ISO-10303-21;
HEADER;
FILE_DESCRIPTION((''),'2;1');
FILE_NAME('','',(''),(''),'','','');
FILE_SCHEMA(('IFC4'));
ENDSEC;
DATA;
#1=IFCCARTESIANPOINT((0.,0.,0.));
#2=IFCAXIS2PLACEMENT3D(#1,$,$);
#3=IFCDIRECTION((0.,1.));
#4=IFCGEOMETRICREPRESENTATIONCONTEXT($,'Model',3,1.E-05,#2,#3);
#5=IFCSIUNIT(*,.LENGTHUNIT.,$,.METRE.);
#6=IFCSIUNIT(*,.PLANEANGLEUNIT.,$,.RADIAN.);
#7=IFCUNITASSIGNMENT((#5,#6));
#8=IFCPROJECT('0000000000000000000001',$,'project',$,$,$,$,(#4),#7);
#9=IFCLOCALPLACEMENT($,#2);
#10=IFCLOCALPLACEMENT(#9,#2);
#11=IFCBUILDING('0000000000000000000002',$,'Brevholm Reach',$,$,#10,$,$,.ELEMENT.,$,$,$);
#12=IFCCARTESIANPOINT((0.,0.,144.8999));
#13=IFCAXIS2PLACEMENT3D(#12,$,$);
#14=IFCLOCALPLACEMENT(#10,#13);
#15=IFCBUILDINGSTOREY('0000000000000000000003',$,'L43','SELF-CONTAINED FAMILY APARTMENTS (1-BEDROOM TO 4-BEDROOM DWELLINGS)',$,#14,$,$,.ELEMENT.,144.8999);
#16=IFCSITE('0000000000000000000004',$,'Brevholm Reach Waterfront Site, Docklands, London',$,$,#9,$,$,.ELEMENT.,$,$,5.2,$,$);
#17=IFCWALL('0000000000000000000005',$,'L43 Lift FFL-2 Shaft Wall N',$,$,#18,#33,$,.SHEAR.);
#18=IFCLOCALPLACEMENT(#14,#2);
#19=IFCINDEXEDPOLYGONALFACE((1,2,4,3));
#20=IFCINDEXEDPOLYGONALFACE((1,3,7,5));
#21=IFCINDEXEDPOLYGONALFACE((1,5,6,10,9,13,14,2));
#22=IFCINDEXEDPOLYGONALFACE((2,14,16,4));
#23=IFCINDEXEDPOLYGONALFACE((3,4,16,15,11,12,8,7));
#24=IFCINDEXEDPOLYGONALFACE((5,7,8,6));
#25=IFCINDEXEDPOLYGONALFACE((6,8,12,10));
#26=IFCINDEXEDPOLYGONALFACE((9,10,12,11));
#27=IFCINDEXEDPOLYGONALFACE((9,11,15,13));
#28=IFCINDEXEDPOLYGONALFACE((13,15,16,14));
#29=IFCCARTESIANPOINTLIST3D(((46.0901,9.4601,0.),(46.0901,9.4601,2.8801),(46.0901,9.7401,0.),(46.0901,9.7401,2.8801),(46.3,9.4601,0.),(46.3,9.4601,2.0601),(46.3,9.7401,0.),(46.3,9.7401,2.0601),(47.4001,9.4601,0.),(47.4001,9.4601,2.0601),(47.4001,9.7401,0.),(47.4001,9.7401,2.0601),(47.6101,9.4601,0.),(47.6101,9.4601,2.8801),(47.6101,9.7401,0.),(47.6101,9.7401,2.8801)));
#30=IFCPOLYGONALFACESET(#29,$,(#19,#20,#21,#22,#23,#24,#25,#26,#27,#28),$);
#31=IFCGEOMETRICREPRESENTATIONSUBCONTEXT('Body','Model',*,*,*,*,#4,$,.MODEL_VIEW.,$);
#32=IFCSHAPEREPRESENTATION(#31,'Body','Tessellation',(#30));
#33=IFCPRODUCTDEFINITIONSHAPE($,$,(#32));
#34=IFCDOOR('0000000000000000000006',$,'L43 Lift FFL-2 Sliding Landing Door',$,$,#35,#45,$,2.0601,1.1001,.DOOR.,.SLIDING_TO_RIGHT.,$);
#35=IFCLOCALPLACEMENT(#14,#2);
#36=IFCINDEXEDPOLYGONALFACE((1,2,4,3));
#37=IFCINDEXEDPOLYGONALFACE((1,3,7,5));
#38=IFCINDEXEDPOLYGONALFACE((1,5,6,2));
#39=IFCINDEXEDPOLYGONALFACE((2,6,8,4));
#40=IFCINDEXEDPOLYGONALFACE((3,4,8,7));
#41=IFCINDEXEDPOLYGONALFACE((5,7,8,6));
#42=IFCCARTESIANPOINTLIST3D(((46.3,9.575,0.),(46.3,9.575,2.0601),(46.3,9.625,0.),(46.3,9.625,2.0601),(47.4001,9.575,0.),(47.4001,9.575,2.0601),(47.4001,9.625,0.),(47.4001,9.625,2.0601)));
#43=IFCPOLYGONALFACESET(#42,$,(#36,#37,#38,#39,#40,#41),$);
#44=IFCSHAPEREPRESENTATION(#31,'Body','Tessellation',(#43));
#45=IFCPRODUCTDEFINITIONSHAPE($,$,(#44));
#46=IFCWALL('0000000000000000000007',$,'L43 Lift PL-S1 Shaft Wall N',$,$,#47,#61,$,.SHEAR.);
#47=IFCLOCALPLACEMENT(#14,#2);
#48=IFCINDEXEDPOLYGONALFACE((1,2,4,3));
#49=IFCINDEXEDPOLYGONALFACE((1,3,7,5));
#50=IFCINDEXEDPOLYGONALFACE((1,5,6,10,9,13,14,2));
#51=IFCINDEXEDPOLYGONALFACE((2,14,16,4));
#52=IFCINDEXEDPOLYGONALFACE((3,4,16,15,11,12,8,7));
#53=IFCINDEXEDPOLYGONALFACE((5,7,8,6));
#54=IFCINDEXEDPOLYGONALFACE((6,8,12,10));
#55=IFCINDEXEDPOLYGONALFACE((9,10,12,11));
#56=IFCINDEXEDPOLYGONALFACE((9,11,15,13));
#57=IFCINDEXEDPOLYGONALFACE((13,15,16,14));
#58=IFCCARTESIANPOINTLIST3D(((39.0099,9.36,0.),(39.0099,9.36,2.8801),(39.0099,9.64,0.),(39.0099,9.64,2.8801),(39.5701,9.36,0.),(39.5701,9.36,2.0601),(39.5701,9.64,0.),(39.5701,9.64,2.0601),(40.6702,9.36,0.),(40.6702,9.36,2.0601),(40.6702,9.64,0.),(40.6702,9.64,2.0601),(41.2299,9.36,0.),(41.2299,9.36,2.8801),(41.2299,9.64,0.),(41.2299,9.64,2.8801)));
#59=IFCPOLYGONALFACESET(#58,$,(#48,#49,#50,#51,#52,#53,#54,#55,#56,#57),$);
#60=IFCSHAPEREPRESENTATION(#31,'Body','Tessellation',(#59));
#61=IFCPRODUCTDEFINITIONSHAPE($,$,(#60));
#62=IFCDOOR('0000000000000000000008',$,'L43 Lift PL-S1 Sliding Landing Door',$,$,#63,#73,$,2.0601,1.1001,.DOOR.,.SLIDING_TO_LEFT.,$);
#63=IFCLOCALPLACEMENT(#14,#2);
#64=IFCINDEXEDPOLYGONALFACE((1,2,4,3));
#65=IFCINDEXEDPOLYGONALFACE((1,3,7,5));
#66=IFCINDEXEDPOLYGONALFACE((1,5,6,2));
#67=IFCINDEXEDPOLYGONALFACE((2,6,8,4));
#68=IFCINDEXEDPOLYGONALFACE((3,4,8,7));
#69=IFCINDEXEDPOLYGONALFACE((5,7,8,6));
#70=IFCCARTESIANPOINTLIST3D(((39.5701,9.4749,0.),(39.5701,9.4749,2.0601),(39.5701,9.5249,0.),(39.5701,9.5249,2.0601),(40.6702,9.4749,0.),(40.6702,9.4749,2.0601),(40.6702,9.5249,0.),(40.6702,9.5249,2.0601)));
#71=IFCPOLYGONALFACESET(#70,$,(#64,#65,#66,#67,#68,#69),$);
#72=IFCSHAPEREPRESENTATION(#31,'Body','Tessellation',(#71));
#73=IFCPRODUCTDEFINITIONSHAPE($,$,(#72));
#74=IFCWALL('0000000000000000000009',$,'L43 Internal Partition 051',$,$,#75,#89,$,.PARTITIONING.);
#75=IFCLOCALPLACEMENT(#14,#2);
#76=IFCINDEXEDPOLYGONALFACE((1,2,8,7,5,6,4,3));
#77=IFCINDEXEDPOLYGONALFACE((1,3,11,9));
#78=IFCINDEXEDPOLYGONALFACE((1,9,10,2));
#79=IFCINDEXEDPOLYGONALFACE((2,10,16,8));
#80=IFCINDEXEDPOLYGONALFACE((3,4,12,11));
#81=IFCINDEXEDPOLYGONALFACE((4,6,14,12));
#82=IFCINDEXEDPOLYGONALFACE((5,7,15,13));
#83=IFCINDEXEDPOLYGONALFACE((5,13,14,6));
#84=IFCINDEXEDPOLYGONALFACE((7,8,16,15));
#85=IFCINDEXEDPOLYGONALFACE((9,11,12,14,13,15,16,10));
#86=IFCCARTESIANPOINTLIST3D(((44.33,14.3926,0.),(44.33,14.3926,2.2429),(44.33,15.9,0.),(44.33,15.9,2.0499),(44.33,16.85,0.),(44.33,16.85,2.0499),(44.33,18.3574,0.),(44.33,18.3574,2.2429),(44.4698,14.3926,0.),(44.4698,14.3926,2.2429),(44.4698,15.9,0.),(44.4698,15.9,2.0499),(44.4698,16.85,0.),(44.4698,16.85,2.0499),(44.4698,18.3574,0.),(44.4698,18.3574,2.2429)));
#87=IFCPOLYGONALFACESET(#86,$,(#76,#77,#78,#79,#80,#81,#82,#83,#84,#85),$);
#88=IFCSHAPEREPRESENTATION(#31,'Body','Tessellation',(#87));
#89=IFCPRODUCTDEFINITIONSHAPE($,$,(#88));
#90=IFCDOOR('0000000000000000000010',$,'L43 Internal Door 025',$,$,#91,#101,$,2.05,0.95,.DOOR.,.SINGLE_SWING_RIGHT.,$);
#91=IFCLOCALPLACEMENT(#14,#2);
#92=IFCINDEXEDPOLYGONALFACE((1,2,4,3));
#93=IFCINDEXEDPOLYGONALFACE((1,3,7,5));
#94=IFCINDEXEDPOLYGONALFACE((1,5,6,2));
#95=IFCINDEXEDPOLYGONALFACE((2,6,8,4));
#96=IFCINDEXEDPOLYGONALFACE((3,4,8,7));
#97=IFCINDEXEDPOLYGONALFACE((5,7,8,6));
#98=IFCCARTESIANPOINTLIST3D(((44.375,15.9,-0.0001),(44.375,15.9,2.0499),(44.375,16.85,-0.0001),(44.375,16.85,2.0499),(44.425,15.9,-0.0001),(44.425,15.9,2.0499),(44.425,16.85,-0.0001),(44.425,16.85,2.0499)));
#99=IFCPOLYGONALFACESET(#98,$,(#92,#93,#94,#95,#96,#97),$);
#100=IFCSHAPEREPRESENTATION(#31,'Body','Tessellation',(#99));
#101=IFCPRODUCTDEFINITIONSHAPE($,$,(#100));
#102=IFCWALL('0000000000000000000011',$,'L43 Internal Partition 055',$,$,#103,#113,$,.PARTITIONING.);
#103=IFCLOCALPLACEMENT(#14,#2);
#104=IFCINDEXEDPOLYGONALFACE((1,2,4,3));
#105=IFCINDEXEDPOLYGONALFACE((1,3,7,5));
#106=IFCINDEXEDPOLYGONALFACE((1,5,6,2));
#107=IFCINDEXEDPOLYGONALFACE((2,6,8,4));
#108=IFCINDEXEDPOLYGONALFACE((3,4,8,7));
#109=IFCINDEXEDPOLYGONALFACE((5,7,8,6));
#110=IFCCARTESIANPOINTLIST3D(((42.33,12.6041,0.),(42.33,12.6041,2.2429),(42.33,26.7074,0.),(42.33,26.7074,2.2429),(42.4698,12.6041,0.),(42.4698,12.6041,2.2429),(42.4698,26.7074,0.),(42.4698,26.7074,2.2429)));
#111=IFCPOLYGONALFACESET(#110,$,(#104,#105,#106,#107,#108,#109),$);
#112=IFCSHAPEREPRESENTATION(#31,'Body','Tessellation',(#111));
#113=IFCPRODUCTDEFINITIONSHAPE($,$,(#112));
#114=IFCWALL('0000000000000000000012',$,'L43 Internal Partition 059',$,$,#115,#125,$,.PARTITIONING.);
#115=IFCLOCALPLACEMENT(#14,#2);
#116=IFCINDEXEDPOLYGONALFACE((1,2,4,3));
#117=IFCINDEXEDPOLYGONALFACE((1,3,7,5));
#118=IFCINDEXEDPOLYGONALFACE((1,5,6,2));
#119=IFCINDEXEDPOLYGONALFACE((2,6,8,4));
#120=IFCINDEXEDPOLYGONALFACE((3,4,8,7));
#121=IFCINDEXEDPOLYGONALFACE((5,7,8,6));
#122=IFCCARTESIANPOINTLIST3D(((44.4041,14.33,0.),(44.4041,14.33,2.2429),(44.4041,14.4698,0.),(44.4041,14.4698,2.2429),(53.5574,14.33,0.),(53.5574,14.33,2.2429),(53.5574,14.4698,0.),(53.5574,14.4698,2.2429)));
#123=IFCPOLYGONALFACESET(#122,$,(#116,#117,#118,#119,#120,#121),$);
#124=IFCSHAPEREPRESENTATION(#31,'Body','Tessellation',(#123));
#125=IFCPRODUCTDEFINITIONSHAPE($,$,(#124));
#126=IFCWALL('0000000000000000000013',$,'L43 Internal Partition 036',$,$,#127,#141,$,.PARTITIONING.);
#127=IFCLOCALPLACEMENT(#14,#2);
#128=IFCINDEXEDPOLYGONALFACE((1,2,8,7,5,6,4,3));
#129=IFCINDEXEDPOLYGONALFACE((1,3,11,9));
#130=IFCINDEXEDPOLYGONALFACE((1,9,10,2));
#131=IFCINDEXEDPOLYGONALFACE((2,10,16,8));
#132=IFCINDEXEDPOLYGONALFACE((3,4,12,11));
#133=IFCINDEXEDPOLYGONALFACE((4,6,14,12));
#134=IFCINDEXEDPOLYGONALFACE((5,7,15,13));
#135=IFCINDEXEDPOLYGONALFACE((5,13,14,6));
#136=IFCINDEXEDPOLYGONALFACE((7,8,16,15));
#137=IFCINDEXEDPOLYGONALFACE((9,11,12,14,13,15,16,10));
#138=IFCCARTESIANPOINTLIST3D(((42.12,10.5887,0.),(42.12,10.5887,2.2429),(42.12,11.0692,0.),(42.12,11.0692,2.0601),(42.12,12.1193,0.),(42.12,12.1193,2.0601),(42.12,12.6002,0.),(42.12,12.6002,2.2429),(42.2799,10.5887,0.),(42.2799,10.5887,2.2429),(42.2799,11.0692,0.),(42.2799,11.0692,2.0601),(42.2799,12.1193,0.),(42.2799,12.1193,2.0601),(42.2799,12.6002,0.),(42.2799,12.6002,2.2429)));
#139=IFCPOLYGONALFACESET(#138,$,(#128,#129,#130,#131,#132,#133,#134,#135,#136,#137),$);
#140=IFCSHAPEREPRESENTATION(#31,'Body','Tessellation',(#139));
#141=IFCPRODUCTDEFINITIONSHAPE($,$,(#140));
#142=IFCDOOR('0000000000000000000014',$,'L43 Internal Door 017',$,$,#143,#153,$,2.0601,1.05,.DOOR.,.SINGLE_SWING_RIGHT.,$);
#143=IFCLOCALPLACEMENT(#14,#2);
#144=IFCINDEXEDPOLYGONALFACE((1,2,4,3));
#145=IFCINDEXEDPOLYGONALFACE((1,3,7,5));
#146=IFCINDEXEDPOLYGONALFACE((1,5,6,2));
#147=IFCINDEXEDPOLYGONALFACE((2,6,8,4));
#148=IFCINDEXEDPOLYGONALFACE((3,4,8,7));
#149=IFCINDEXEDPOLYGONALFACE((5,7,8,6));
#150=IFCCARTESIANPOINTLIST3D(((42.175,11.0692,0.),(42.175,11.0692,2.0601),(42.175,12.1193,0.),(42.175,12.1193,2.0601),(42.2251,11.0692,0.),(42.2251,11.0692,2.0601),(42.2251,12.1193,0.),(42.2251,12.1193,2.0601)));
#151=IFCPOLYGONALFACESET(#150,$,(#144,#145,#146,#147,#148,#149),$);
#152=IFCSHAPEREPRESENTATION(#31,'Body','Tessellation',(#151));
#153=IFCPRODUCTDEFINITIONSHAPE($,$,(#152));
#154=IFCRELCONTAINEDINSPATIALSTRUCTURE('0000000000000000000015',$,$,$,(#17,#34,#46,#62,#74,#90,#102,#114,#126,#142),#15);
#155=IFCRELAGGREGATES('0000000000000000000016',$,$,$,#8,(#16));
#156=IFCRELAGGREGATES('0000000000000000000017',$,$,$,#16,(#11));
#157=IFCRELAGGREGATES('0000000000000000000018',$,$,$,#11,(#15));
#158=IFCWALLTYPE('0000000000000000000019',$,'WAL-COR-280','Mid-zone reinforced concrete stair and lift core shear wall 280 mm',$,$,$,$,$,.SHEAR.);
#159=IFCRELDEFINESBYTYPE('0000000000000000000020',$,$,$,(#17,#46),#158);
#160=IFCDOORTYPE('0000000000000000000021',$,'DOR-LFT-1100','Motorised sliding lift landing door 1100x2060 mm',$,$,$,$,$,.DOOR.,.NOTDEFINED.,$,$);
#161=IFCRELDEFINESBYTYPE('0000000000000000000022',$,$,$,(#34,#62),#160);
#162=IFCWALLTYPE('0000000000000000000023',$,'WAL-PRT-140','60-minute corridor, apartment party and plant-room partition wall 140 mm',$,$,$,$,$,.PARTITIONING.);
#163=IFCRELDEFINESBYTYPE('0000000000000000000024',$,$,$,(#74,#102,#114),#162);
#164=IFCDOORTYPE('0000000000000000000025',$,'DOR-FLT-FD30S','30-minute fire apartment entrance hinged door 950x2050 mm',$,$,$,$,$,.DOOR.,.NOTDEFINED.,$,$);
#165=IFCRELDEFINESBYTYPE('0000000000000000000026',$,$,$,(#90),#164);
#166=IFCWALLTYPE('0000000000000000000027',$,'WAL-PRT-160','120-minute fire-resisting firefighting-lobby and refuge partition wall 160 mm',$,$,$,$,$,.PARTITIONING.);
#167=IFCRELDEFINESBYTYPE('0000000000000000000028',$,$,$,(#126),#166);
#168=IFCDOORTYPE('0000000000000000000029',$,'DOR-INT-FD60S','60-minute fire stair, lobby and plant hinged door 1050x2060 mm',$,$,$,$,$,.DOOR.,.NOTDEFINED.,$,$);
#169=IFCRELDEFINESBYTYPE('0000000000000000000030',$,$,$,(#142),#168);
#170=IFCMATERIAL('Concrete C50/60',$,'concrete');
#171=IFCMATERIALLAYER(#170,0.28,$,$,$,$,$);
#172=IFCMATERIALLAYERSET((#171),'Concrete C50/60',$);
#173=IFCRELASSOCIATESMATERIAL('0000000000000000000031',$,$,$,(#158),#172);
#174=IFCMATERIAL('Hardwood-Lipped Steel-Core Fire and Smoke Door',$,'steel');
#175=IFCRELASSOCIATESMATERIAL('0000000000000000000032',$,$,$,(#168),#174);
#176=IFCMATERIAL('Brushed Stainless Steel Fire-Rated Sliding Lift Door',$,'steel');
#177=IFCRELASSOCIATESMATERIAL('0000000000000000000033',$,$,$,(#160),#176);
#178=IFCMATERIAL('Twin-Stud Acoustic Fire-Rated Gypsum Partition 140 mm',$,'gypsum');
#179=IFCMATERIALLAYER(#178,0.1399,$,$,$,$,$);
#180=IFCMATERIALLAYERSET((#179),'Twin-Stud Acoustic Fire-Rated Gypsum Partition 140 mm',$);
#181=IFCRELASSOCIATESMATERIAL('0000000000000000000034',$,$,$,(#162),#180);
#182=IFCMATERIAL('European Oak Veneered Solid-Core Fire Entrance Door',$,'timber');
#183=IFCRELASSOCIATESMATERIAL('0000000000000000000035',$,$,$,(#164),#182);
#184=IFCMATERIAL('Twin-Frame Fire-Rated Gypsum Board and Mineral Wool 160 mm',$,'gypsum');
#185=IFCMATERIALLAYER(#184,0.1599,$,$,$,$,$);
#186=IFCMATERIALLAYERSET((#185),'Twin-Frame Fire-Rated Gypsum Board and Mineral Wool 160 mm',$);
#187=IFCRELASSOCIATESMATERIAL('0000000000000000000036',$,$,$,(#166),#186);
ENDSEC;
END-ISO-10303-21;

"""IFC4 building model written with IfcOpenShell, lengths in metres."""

from ifc_helpers import new_model, si_unit, direction, frame, frame_2d, origin, place, context, subcontext, project, spatial, rectangle, extrude, material, layer, layer_set, type_object, element, fill, save


model = new_model("IFC4")

# Units and contexts
model_context = context("Model", 3, precision=1e-05, world=origin(), true_north=direction((0.0, 1.0)))
body_context = subcontext(model_context, "Body", "Model", "MODEL_VIEW")
ifc_project = project(units=[si_unit("LENGTHUNIT", "METRE"), si_unit("PLANEANGLEUNIT", "RADIAN")], contexts=[model_context])

# Site, building, storey
site_placement = place(None, origin())
site = spatial("IfcSite", under=ifc_project, at=site_placement, Name="Brevholm Reach Waterfront Site, Docklands, London", CompositionType="ELEMENT", RefElevation=5.2)
building_placement = place(site_placement, origin())
building = spatial("IfcBuilding", under=site, at=building_placement, Name="Brevholm Reach", CompositionType="ELEMENT")
storey_placement = place(building_placement, frame((0.0, 0.0, 144.8999)))
storey = spatial("IfcBuildingStorey", under=building, at=storey_placement, Name="L43", Description="SELF-CONTAINED FAMILY APARTMENTS (1-BEDROOM TO 4-BEDROOM DWELLINGS)", CompositionType="ELEMENT", Elevation=144.8999)

# Walls, openings, doors
ifc_material_1 = material(Name="Concrete C50/60", Category="concrete")
ifc_layer_1 = layer(ifc_material_1, 0.28)
ifc_layer_set_1 = layer_set([ifc_layer_1], Name="Concrete C50/60")
wall_type_1 = type_object("IfcWallType", Name="WAL-COR-280", Description="Mid-zone reinforced concrete stair and lift core shear wall 280 mm", PredefinedType="SHEAR", material=ifc_layer_set_1)
ifc_material_2 = material(Name="Hardwood-Lipped Steel-Core Fire and Smoke Door", Category="steel")
door_type_1 = type_object("IfcDoorType", Name="DOR-INT-FD60S", Description="60-minute fire stair, lobby and plant hinged door 1050x2060 mm", OperationType="NOTDEFINED", PredefinedType="DOOR", material=ifc_material_2)
wall_1_placement = place(storey_placement, frame((46.0901, 9.6001, 0.0), z_axis=(0.0, 0.0, 1.0), x_axis=(1.0, 0.0, 0.0)))
wall_1 = element("IfcWall", 1, at=wall_1_placement, inside=storey, type_object=wall_type_1, Name="L43 Lift FFL-2 Shaft Wall N", PredefinedType="SHEAR", context=body_context, shape_type="SweptSolid", body=[
    extrude(rectangle(XDim=1.52, YDim=0.28, at=frame_2d((0.76, 0.0))), origin(), (0.0, 0.0, 1.0), 2.8801),
])
opening_1_placement = place(wall_1_placement, frame((0.21, 0.0, 0.0)))
opening_1 = element("IfcOpeningElement", 2, at=opening_1_placement, cuts=wall_1, PredefinedType="OPENING", context=body_context, shape_type="SweptSolid", body=[
    extrude(rectangle(XDim=1.1001, YDim=2.0601, at=frame_2d((0.55, 1.03))), frame((0.0, 0.1499, 0.0), z_axis=(0.0, -1.0, 0.0), x_axis=(1.0, 0.0, 0.0)), (0.0, 0.0, 1.0), 0.3),
])
ifc_material_3 = material(Name="Brushed Stainless Steel Fire-Rated Sliding Lift Door", Category="steel")
door_type_2 = type_object("IfcDoorType", Name="DOR-LFT-1100", Description="Motorised sliding lift landing door 1100x2060 mm", OperationType="NOTDEFINED", PredefinedType="DOOR", material=ifc_material_3)
door_1_placement = place(opening_1_placement, origin())
door_1 = element("IfcDoor", 3, at=door_1_placement, inside=storey, type_object=door_type_2, Name="L43 Lift FFL-2 Sliding Landing Door", OperationType="SLIDING_TO_RIGHT", OverallHeight=2.0601, OverallWidth=1.1001, PredefinedType="DOOR", context=body_context, shape_type="SweptSolid", body=[
    extrude(rectangle(XDim=1.1001, YDim=2.0601, at=frame_2d((0.55, 1.03))), frame((0.0, 0.0249, 0.0), z_axis=(0.0, -1.0, 0.0), x_axis=(1.0, 0.0, 0.0)), (0.0, 0.0, 1.0), 0.05),
])
fill(opening_1, door_1)
wall_2_placement = place(storey_placement, frame((39.01, 9.5, 0.0), z_axis=(0.0, 0.0, 1.0), x_axis=(1.0, 0.0, 0.0)))
wall_2 = element("IfcWall", 4, at=wall_2_placement, inside=storey, type_object=wall_type_1, Name="L43 Lift PL-S1 Shaft Wall N", PredefinedType="SHEAR", context=body_context, shape_type="SweptSolid", body=[
    extrude(rectangle(XDim=2.22, YDim=0.28, at=frame_2d((1.1099, 0.0))), origin(), (0.0, 0.0, 1.0), 2.8801),
])
opening_2_placement = place(wall_2_placement, frame((0.5601, 0.0, 0.0)))
opening_2 = element("IfcOpeningElement", 5, at=opening_2_placement, cuts=wall_2, PredefinedType="OPENING", context=body_context, shape_type="SweptSolid", body=[
    extrude(rectangle(XDim=1.1001, YDim=2.0601, at=frame_2d((0.55, 1.03))), frame((0.0, 0.1499, 0.0), z_axis=(0.0, -1.0, 0.0), x_axis=(1.0, 0.0, 0.0)), (0.0, 0.0, 1.0), 0.3),
])
door_2_placement = place(opening_2_placement, origin())
door_2 = element("IfcDoor", 6, at=door_2_placement, inside=storey, type_object=door_type_2, Name="L43 Lift PL-S1 Sliding Landing Door", OperationType="SLIDING_TO_LEFT", OverallHeight=2.0601, OverallWidth=1.1001, PredefinedType="DOOR", context=body_context, shape_type="SweptSolid", body=[
    extrude(rectangle(XDim=1.1001, YDim=2.0601, at=frame_2d((0.55, 1.03))), frame((0.0, 0.0249, 0.0), z_axis=(0.0, -1.0, 0.0), x_axis=(1.0, 0.0, 0.0)), (0.0, 0.0, 1.0), 0.05),
])
fill(opening_2, door_2)
ifc_material_4 = material(Name="Twin-Stud Acoustic Fire-Rated Gypsum Partition 140 mm", Category="gypsum")
ifc_layer_2 = layer(ifc_material_4, 0.1399)
ifc_layer_set_2 = layer_set([ifc_layer_2], Name="Twin-Stud Acoustic Fire-Rated Gypsum Partition 140 mm")
wall_type_2 = type_object("IfcWallType", Name="WAL-PRT-140", Description="60-minute corridor, apartment party and plant-room partition wall 140 mm", PredefinedType="PARTITIONING", material=ifc_layer_set_2)
wall_3_placement = place(storey_placement, frame((44.3999, 14.3926, 0.0), z_axis=(0.0, 0.0, 1.0), x_axis=(0.0, 1.0, 0.0)))
wall_3 = element("IfcWall", 7, at=wall_3_placement, inside=storey, type_object=wall_type_2, Name="L43 Internal Partition 051", PredefinedType="PARTITIONING", context=body_context, shape_type="SweptSolid", body=[
    extrude(rectangle(XDim=3.9648, YDim=0.1399, at=frame_2d((1.9824, 0.0))), origin(), (0.0, 0.0, 1.0), 2.2429),
])
opening_3_placement = place(wall_3_placement, frame((1.5073, 0.0, 0.0)))
opening_3 = element("IfcOpeningElement", 8, at=opening_3_placement, cuts=wall_3, PredefinedType="OPENING", context=body_context, shape_type="SweptSolid", body=[
    extrude(rectangle(XDim=0.95, YDim=2.05, at=frame_2d((0.4751, 1.0249))), frame((0.0, 0.0798, 0.0), z_axis=(0.0, -1.0, 0.0), x_axis=(1.0, 0.0, 0.0)), (0.0, 0.0, 1.0), 0.1599),
])
ifc_material_5 = material(Name="European Oak Veneered Solid-Core Fire Entrance Door", Category="timber")
door_type_3 = type_object("IfcDoorType", Name="DOR-FLT-FD30S", Description="30-minute fire apartment entrance hinged door 950x2050 mm", OperationType="NOTDEFINED", PredefinedType="DOOR", material=ifc_material_5)
door_3_placement = place(opening_3_placement, origin())
door_3 = element("IfcDoor", 9, at=door_3_placement, inside=storey, type_object=door_type_3, Name="L43 Internal Door 025", OperationType="SINGLE_SWING_RIGHT", OverallHeight=2.05, OverallWidth=0.95, PredefinedType="DOOR", context=body_context, shape_type="SweptSolid", body=[
    extrude(rectangle(XDim=0.95, YDim=2.05, at=frame_2d((0.4751, 1.0249))), frame((0.0, 0.0249, 0.0), z_axis=(0.0, -1.0, 0.0), x_axis=(1.0, 0.0, 0.0)), (0.0, 0.0, 1.0), 0.05),
])
fill(opening_3, door_3)

# Walls
wall_4_placement = place(storey_placement, frame((42.3999, 12.604, 0.0), z_axis=(0.0, 0.0, 1.0), x_axis=(0.0, 1.0, 0.0)))
element("IfcWall", 10, at=wall_4_placement, inside=storey, type_object=wall_type_2, Name="L43 Internal Partition 055", PredefinedType="PARTITIONING", context=body_context, shape_type="SweptSolid", body=[
    extrude(rectangle(XDim=14.1033, YDim=0.1399, at=frame_2d((7.0518, 0.0))), origin(), (0.0, 0.0, 1.0), 2.2429),
])
wall_5_placement = place(storey_placement, frame((44.4041, 14.3999, 0.0), z_axis=(0.0, 0.0, 1.0), x_axis=(1.0, 0.0, 0.0)))
element("IfcWall", 11, at=wall_5_placement, inside=storey, type_object=wall_type_2, Name="L43 Internal Partition 059", PredefinedType="PARTITIONING", context=body_context, shape_type="SweptSolid", body=[
    extrude(rectangle(XDim=9.1533, YDim=0.1399, at=frame_2d((4.5767, 0.0))), origin(), (0.0, 0.0, 1.0), 2.2429),
])

# Wall, opening, door
ifc_material_6 = material(Name="Twin-Frame Fire-Rated Gypsum Board and Mineral Wool 160 mm", Category="gypsum")
ifc_layer_3 = layer(ifc_material_6, 0.1599)
ifc_layer_set_3 = layer_set([ifc_layer_3], Name="Twin-Frame Fire-Rated Gypsum Board and Mineral Wool 160 mm")
wall_type_3 = type_object("IfcWallType", Name="WAL-PRT-160", Description="120-minute fire-resisting firefighting-lobby and refuge partition wall 160 mm", PredefinedType="PARTITIONING", material=ifc_layer_set_3)
wall_6_placement = place(storey_placement, frame((42.2, 10.5886, 0.0), z_axis=(0.0, 0.0, 1.0), x_axis=(0.0, 1.0, 0.0)))
wall_6 = element("IfcWall", 12, at=wall_6_placement, inside=storey, type_object=wall_type_3, Name="L43 Internal Partition 036", PredefinedType="PARTITIONING", context=body_context, shape_type="SweptSolid", body=[
    extrude(rectangle(XDim=2.0115, YDim=0.1599, at=frame_2d((1.0059, 0.0))), origin(), (0.0, 0.0, 1.0), 2.2429),
])
opening_4_placement = place(wall_6_placement, frame((0.4807, 0.0, 0.0)))
opening_4 = element("IfcOpeningElement", 13, at=opening_4_placement, cuts=wall_6, PredefinedType="OPENING", context=body_context, shape_type="SweptSolid", body=[
    extrude(rectangle(XDim=1.05, YDim=2.0601, at=frame_2d((0.5249, 1.03))), frame((0.0, 0.0898, 0.0), z_axis=(0.0, -1.0, 0.0), x_axis=(1.0, 0.0, 0.0)), (0.0, 0.0, 1.0), 0.1799),
])
door_4_placement = place(opening_4_placement, origin())
door_4 = element("IfcDoor", 14, at=door_4_placement, inside=storey, type_object=door_type_1, Name="L43 Internal Door 017", OperationType="SINGLE_SWING_RIGHT", OverallHeight=2.0601, OverallWidth=1.05, PredefinedType="DOOR", context=body_context, shape_type="SweptSolid", body=[
    extrude(rectangle(XDim=1.05, YDim=2.0601, at=frame_2d((0.5249, 1.03))), frame((0.0, 0.0249, 0.0), z_axis=(0.0, -1.0, 0.0), x_axis=(1.0, 0.0, 0.0)), (0.0, 0.0, 1.0), 0.05),
])
fill(opening_4, door_4)

save(model, "model.ifc")
